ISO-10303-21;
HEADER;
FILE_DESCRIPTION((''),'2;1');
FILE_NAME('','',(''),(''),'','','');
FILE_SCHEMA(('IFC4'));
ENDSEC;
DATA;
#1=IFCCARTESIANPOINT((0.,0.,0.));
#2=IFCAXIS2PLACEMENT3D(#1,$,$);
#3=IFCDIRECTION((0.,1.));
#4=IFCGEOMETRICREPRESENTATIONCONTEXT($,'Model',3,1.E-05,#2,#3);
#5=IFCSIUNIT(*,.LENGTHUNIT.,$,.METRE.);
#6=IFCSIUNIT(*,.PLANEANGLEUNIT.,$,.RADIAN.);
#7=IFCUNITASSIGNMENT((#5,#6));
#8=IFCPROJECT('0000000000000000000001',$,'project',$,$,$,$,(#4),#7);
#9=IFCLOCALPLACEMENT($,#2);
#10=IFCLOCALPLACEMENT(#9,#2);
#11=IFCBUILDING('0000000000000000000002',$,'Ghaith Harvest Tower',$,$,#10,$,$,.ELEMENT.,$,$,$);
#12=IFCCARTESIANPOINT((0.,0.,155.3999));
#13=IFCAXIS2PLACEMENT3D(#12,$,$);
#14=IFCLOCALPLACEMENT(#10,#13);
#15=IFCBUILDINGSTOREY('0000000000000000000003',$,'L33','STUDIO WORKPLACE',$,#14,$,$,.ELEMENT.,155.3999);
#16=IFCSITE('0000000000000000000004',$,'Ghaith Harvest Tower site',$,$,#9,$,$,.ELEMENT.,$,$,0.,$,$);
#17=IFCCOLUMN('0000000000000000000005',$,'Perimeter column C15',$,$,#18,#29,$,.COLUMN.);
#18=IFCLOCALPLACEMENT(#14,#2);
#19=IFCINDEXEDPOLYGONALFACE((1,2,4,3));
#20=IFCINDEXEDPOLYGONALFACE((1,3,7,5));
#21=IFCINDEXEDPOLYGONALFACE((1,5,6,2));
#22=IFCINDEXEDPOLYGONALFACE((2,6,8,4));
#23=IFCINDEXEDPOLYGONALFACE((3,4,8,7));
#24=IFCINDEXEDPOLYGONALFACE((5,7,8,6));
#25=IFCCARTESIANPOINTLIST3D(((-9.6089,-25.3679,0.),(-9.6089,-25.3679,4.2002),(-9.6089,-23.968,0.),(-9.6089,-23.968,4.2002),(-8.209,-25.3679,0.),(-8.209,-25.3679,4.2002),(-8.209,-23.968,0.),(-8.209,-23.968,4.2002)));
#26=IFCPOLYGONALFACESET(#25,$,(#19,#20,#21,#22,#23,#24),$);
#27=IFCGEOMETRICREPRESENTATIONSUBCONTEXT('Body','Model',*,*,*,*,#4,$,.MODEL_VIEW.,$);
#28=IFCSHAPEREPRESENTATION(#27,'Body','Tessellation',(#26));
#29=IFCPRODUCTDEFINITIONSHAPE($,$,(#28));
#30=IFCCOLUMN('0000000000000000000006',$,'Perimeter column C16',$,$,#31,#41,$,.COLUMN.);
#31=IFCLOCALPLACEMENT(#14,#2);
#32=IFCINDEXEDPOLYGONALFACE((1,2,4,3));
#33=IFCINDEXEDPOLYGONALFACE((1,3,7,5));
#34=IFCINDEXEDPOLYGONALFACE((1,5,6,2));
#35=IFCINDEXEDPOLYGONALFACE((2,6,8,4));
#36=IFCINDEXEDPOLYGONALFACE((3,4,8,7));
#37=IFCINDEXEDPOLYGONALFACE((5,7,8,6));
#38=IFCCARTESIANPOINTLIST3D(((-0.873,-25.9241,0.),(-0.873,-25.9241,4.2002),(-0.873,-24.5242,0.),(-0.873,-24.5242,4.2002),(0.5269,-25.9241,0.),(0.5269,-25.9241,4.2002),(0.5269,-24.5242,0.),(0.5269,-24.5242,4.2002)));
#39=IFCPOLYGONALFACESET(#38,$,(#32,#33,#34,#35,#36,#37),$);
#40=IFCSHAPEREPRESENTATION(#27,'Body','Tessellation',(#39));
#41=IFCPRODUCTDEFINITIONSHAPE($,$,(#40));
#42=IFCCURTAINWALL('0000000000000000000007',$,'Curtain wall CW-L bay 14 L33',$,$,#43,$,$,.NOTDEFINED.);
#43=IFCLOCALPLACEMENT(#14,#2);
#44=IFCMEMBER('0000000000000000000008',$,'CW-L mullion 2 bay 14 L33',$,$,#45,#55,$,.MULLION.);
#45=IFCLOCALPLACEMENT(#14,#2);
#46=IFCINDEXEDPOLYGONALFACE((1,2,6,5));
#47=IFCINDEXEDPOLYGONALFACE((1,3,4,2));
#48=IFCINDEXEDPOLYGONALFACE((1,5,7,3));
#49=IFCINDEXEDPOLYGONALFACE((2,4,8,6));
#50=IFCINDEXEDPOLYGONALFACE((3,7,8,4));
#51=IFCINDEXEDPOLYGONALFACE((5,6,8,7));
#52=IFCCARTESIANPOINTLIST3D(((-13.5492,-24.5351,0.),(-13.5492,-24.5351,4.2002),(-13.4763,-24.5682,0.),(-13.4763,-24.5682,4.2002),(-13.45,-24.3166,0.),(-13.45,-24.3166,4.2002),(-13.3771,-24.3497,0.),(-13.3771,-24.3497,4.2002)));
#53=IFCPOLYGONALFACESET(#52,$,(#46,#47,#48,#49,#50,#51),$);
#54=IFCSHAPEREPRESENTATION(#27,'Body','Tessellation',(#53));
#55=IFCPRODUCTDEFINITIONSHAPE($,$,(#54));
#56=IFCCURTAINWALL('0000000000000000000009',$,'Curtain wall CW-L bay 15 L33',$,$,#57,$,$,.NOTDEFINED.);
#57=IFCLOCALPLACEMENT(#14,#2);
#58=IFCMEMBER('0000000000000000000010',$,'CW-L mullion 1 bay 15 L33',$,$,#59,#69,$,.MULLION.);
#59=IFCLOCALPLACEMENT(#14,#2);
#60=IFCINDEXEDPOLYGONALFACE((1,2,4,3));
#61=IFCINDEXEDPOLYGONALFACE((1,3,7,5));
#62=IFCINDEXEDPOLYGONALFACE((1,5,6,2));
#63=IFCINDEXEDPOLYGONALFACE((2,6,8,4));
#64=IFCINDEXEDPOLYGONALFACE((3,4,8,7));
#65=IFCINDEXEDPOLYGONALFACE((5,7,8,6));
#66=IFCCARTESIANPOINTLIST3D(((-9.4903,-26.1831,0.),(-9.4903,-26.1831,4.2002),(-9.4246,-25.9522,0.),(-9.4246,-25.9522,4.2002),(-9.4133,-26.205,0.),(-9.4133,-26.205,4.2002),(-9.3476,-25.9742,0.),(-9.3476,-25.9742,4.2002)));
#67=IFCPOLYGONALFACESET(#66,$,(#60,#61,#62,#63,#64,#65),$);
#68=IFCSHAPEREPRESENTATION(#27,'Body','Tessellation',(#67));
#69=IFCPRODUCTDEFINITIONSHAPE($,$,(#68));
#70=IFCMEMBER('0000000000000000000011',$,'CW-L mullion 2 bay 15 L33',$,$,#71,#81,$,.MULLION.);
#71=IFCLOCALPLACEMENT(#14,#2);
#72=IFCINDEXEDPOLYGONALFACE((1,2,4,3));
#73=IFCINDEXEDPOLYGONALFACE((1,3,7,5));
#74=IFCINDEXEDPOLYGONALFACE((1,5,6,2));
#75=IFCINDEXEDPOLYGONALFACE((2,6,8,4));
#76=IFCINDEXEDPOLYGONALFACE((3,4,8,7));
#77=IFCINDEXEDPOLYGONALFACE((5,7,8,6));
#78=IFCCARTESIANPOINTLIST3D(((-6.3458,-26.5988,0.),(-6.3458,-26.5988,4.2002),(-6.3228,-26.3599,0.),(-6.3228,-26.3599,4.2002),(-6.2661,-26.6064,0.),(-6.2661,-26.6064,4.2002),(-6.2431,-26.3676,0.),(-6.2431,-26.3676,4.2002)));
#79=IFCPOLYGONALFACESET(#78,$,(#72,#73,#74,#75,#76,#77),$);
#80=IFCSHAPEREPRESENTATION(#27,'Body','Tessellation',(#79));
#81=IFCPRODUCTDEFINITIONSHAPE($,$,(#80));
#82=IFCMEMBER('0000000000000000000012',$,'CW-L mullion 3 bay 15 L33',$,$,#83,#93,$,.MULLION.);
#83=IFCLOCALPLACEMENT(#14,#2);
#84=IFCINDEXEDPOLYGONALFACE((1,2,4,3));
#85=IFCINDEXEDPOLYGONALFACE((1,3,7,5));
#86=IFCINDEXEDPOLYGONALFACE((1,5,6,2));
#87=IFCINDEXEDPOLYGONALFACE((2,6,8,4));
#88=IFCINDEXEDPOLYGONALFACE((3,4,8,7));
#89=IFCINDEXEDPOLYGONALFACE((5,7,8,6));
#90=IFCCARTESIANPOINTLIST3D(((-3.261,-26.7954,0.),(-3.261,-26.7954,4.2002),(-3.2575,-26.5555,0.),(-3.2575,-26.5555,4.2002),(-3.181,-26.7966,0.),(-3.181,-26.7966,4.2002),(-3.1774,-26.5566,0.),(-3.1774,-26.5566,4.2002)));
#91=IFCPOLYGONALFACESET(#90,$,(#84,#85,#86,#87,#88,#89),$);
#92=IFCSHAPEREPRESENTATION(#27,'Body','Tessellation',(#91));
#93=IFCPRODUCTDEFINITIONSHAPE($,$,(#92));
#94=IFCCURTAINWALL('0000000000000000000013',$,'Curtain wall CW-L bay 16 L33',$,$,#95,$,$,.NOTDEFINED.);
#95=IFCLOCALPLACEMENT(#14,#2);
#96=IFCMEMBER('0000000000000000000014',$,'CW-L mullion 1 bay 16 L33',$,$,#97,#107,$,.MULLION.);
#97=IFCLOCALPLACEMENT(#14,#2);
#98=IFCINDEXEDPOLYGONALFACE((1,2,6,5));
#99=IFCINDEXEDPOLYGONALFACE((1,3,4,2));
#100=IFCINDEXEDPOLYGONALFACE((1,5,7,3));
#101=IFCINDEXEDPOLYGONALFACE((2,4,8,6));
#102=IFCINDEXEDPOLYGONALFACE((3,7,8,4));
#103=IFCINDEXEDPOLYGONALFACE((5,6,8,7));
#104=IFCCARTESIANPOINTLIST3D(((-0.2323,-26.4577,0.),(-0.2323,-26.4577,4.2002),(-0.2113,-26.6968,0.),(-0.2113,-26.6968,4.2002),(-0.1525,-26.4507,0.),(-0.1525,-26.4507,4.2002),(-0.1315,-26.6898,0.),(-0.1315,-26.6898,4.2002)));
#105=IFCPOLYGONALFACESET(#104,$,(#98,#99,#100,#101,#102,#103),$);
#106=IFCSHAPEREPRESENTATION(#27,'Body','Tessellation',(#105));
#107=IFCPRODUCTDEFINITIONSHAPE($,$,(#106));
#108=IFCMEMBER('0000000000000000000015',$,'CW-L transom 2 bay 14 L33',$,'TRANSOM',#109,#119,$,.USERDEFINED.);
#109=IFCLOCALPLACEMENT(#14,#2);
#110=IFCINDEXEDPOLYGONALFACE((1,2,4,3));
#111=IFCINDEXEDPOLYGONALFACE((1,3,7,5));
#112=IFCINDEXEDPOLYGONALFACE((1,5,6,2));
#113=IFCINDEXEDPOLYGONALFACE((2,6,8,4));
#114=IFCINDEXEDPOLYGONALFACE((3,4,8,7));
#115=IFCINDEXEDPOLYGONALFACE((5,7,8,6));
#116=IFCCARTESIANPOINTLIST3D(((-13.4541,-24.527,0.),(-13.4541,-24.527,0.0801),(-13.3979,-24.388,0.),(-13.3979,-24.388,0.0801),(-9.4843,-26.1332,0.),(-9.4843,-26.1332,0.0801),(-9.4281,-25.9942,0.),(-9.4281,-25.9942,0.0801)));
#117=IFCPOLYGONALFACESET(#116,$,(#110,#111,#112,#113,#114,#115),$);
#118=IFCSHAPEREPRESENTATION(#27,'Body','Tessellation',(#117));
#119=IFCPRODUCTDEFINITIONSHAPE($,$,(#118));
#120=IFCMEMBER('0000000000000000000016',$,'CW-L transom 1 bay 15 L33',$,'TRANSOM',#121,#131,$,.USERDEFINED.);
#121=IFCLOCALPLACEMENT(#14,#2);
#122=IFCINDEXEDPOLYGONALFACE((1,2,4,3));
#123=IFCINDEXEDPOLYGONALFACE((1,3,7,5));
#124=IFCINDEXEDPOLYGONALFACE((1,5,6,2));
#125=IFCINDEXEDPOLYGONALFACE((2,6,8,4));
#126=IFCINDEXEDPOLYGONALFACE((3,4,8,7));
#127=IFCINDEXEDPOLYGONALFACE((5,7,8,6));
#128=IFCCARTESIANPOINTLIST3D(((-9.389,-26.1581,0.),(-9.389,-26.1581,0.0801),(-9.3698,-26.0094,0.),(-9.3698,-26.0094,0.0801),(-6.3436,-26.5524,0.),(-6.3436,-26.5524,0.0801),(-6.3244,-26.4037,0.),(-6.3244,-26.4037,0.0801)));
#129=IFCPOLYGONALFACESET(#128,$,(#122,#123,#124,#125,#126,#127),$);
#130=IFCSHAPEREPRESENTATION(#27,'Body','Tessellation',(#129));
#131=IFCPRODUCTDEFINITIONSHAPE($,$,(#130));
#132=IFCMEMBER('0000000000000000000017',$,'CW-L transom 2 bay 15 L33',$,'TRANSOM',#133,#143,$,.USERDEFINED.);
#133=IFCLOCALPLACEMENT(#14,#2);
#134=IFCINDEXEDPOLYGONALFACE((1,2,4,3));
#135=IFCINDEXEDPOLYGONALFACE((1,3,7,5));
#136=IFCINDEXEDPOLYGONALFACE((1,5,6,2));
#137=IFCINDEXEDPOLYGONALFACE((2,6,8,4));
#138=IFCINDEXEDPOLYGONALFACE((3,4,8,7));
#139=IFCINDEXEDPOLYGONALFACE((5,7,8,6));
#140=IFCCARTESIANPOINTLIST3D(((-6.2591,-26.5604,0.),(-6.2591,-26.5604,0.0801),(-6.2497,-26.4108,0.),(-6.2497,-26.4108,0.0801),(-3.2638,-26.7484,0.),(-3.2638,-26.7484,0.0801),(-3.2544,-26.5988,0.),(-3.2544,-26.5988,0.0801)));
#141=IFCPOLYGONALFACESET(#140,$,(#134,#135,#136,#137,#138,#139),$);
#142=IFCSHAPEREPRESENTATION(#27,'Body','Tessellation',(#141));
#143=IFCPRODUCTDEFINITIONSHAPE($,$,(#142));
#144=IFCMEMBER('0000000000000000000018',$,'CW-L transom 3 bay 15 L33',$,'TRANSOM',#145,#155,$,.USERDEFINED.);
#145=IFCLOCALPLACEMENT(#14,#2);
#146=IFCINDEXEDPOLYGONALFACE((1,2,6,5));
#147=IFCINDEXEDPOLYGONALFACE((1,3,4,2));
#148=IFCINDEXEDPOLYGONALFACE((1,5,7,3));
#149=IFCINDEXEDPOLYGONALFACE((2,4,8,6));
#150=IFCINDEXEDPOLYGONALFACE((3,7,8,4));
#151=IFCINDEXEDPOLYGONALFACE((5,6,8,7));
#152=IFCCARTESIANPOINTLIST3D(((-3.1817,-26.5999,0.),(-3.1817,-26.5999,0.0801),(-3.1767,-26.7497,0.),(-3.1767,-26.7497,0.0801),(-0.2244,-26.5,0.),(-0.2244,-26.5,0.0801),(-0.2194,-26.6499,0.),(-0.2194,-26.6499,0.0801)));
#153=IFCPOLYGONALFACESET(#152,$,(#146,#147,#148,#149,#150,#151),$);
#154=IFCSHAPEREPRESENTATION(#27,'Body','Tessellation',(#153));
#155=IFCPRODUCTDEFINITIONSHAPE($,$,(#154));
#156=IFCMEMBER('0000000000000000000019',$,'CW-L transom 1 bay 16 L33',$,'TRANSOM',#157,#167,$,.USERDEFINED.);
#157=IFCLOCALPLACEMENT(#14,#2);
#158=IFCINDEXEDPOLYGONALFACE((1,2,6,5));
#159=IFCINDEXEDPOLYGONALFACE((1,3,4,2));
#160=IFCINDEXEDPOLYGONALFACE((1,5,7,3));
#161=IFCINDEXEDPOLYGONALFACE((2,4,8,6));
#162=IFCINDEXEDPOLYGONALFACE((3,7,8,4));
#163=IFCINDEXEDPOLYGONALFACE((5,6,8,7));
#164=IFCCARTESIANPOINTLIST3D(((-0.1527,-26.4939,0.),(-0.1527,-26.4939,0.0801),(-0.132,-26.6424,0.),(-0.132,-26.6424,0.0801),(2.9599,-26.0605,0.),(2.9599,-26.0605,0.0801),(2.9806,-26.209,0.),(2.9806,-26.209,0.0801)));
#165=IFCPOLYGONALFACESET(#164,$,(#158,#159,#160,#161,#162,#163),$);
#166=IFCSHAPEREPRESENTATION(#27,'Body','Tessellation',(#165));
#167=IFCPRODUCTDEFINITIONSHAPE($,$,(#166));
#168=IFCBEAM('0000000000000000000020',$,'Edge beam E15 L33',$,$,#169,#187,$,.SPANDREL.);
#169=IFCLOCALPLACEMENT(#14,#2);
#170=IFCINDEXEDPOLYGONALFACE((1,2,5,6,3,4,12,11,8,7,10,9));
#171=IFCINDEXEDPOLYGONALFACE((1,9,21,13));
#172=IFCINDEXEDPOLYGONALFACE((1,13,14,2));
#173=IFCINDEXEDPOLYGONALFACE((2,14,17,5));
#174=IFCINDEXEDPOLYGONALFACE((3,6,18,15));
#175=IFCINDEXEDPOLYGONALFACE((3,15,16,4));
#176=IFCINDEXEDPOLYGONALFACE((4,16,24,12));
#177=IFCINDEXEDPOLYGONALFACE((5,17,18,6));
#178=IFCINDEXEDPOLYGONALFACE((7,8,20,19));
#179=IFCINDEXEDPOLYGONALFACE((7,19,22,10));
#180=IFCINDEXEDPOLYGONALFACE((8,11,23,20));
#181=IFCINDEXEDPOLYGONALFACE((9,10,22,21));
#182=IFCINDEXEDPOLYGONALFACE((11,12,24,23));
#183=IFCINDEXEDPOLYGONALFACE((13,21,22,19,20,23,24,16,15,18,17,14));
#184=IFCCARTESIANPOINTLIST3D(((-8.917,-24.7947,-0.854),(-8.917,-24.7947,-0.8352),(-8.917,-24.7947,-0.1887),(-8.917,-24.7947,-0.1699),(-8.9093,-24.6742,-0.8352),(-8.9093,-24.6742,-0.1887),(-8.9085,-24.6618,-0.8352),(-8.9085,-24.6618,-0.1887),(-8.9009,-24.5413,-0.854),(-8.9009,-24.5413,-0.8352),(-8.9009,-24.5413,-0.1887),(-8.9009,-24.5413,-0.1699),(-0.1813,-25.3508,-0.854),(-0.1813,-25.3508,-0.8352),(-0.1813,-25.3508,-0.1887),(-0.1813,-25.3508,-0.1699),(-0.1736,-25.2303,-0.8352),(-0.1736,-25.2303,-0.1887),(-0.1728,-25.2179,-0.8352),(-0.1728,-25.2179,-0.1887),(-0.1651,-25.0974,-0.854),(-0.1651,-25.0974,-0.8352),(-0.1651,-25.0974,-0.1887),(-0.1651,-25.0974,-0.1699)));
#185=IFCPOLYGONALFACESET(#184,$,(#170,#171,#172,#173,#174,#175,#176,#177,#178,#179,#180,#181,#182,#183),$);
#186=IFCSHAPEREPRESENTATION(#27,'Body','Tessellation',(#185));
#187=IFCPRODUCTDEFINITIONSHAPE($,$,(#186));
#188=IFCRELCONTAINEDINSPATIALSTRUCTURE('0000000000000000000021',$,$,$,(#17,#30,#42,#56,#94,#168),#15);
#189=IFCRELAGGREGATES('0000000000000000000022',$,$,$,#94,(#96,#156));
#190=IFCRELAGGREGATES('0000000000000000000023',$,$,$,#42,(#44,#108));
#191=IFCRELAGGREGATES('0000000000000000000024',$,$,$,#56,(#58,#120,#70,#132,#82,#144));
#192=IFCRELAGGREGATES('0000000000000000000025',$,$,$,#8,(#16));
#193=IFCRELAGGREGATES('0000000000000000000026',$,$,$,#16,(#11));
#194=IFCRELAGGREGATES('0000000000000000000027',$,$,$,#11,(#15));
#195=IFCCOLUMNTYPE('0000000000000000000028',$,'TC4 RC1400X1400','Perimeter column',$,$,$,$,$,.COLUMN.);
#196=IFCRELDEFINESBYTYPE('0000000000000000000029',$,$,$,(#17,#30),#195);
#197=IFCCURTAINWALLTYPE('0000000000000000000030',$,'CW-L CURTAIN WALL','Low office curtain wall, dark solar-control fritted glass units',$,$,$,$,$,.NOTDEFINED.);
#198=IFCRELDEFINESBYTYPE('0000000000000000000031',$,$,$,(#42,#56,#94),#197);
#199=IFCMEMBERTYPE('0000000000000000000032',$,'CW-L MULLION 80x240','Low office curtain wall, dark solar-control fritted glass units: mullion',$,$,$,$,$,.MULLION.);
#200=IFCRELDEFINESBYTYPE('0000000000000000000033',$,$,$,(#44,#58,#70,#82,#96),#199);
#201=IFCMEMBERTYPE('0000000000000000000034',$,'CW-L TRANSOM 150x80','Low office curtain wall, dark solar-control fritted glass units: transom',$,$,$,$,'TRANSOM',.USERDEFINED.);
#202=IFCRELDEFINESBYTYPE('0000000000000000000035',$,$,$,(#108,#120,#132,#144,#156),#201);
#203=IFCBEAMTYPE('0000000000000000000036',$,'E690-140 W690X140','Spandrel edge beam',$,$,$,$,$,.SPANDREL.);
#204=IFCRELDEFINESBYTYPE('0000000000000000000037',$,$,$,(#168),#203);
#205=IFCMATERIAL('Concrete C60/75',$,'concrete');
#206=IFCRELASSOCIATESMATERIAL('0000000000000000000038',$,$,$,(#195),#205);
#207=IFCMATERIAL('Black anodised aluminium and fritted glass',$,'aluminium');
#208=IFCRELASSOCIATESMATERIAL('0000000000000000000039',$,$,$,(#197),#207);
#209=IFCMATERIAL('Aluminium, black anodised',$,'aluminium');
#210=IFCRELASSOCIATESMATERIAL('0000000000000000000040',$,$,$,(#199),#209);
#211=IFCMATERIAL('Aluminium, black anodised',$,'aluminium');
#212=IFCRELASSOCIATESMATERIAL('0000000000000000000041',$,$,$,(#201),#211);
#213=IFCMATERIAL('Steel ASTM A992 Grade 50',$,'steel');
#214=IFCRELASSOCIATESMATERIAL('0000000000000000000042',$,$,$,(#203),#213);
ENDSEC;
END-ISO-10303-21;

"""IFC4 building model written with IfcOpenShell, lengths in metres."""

from ifc_helpers import new_model, si_unit, direction, frame, origin, origin_2d, place, context, subcontext, project, spatial, rectangle, i_section, extrude, material, material_profile, profile_set, type_object, element, aggregate, save


model = new_model("IFC4")

# Units and contexts
model_context = context("Model", 3, precision=1e-05, world=origin(), true_north=direction((0.0, 1.0)))
body_context = subcontext(model_context, "Body", "Model", "MODEL_VIEW")
ifc_project = project(units=[si_unit("LENGTHUNIT", "METRE"), si_unit("PLANEANGLEUNIT", "RADIAN")], contexts=[model_context])

# Site, building, storey
site_placement = place(None, origin())
site = spatial("IfcSite", under=ifc_project, at=site_placement, Name="Ghaith Harvest Tower site", CompositionType="ELEMENT", RefElevation=0.0)
building_placement = place(site_placement, origin())
building = spatial("IfcBuilding", under=site, at=building_placement, Name="Ghaith Harvest Tower", CompositionType="ELEMENT")
storey_placement = place(building_placement, frame((0.0, 0.0, 155.3999)))
storey = spatial("IfcBuildingStorey", under=building, at=storey_placement, Name="L33", Description="STUDIO WORKPLACE", CompositionType="ELEMENT", Elevation=155.3999)

# Columns
ifc_material_1 = material(Name="Concrete C60/75", Category="concrete")
ifc_material_profile_1 = material_profile(ifc_material_1, rectangle(XDim=1.3999, YDim=1.3999, at=origin_2d()), Name="RC1400X1400")
ifc_profile_set_1 = profile_set([ifc_material_profile_1], Name="Concrete C60/75")
column_type = type_object("IfcColumnType", Name="TC4 RC1400X1400", Description="Perimeter column", PredefinedType="COLUMN", material=ifc_profile_set_1)
for number, where, z_axis, x_axis, name in (
    (1, (-8.9089, -24.668, 0.0), (0.0, 0.0, 1.0), (1.0, 0.0, 0.0), "Perimeter column C15"),
    (2, (-0.1731, -25.2241, 0.0), (0.0, 0.0, 1.0), (1.0, 0.0, 0.0), "Perimeter column C16"),
):
    element("IfcColumn", number, at=place(storey_placement, frame(where, z_axis=z_axis, x_axis=x_axis)), inside=storey, type_object=column_type, Name=name, PredefinedType="COLUMN", context=body_context, shape_type="SweptSolid", body=[
        extrude(rectangle(XDim=1.3999, YDim=1.3999, at=origin_2d()), origin(), (0.0, 0.0, 1.0), 4.2002),
    ])

# Curtain wall, member
ifc_material_2 = material(Name="Black anodised aluminium and fritted glass", Category="aluminium")
curtain_wall_type = type_object("IfcCurtainWallType", Name="CW-L CURTAIN WALL", Description="Low office curtain wall, dark solar-control fritted glass units", PredefinedType="NOTDEFINED", material=ifc_material_2)
curtain_wall_1_placement = place(storey_placement, origin())
curtain_wall_1 = element("IfcCurtainWall", 3, at=curtain_wall_1_placement, inside=storey, type_object=curtain_wall_type, Name="Curtain wall CW-L bay 14 L33", PredefinedType="NOTDEFINED")
ifc_material_3 = material(Name="Aluminium, black anodised", Category="aluminium")
ifc_material_profile_2 = material_profile(ifc_material_3, rectangle(XDim=0.0801, YDim=0.24, at=origin_2d()), Name="CW-L MULLION 80x240")
ifc_profile_set_2 = profile_set([ifc_material_profile_2], Name="Aluminium, black anodised")
member_type_1 = type_object("IfcMemberType", Name="CW-L MULLION 80x240", Description="Low office curtain wall, dark solar-control fritted glass units: mullion", PredefinedType="MULLION", material=ifc_profile_set_2)
member_1_placement = place(storey_placement, frame((-13.4631, -24.4424, 0.0), z_axis=(0.0, 0.0, 1.0), x_axis=(0.910648, -0.413183, 0.0)))
member_1 = element("IfcMember", 4, at=member_1_placement, type_object=member_type_1, Name="CW-L mullion 2 bay 14 L33", PredefinedType="MULLION", context=body_context, shape_type="SweptSolid", body=[
    extrude(rectangle(XDim=0.0801, YDim=0.24, at=origin_2d()), origin(), (0.0, 0.0, 1.0), 4.2002),
])

# Curtain wall, members
curtain_wall_2_placement = place(storey_placement, origin())
curtain_wall_2 = element("IfcCurtainWall", 5, at=curtain_wall_2_placement, inside=storey, type_object=curtain_wall_type, Name="Curtain wall CW-L bay 15 L33", PredefinedType="NOTDEFINED")
member_2_placement = place(storey_placement, frame((-9.4189, -26.0786, 0.0), z_axis=(0.0, 0.0, 1.0), x_axis=(0.961789, -0.273793, 0.0)))
member_2 = element("IfcMember", 6, at=member_2_placement, type_object=member_type_1, Name="CW-L mullion 1 bay 15 L33", PredefinedType="MULLION", context=body_context, shape_type="SweptSolid", body=[
    extrude(rectangle(XDim=0.0801, YDim=0.24, at=origin_2d()), origin(), (0.0, 0.0, 1.0), 4.2002),
])
member_3_placement = place(storey_placement, frame((-6.2944, -26.4832, 0.0), z_axis=(0.0, 0.0, 1.0), x_axis=(0.995389, -0.095918, 0.0)))
member_3 = element("IfcMember", 7, at=member_3_placement, type_object=member_type_1, Name="CW-L mullion 2 bay 15 L33", PredefinedType="MULLION", context=body_context, shape_type="SweptSolid", body=[
    extrude(rectangle(XDim=0.0801, YDim=0.24, at=origin_2d()), origin(), (0.0, 0.0, 1.0), 4.2002),
])
member_4_placement = place(storey_placement, frame((-3.2192, -26.676, 0.0), z_axis=(0.0, 0.0, 1.0), x_axis=(0.999891, -0.014796, 0.0)))
member_4 = element("IfcMember", 8, at=member_4_placement, type_object=member_type_1, Name="CW-L mullion 3 bay 15 L33", PredefinedType="MULLION", context=body_context, shape_type="SweptSolid", body=[
    extrude(rectangle(XDim=0.0801, YDim=0.24, at=origin_2d()), origin(), (0.0, 0.0, 1.0), 4.2002),
])

# Curtain wall, member
curtain_wall_3_placement = place(storey_placement, origin())
curtain_wall_3 = element("IfcCurtainWall", 9, at=curtain_wall_3_placement, inside=storey, type_object=curtain_wall_type, Name="Curtain wall CW-L bay 16 L33", PredefinedType="NOTDEFINED")
member_5_placement = place(storey_placement, frame((-0.1819, -26.5737, 0.0), z_axis=(0.0, 0.0, 1.0), x_axis=(0.996169, 0.087446, 0.0)))
member_5 = element("IfcMember", 10, at=member_5_placement, type_object=member_type_1, Name="CW-L mullion 1 bay 16 L33", PredefinedType="MULLION", context=body_context, shape_type="SweptSolid", body=[
    extrude(rectangle(XDim=0.0801, YDim=0.24, at=origin_2d()), origin(), (0.0, 0.0, 1.0), 4.2002),
])

# Members
ifc_material_4 = material(Name="Aluminium, black anodised", Category="aluminium")
ifc_material_profile_3 = material_profile(ifc_material_4, rectangle(XDim=0.1499, YDim=0.0801, at=origin_2d()), Name="CW-L TRANSOM 150x80")
ifc_profile_set_3 = profile_set([ifc_material_profile_3], Name="Aluminium, black anodised")
member_type_2 = type_object("IfcMemberType", Name="CW-L TRANSOM 150x80", Description="Low office curtain wall, dark solar-control fritted glass units: transom", ElementType="TRANSOM", PredefinedType="USERDEFINED", material=ifc_profile_set_3)
member_6_placement = place(storey_placement, frame((-13.426, -24.4575, 0.04), z_axis=(0.927003, -0.375054, 0.0), x_axis=(0.375054, 0.927003, 0.0)))
member_6 = element("IfcMember", 11, at=member_6_placement, type_object=member_type_2, Name="CW-L transom 2 bay 14 L33", ObjectType="TRANSOM", PredefinedType="USERDEFINED", context=body_context, shape_type="SweptSolid", body=[
    extrude(rectangle(XDim=0.1499, YDim=0.0801, at=origin_2d()), origin(), (0.0, 0.0, 1.0), 4.2825),
])
member_7_placement = place(storey_placement, frame((-9.3794, -26.0837, 0.04), z_axis=(0.991723, -0.128398, 0.0), x_axis=(0.128398, 0.991723, 0.0)))
member_7 = element("IfcMember", 12, at=member_7_placement, type_object=member_type_2, Name="CW-L transom 1 bay 15 L33", ObjectType="TRANSOM", PredefinedType="USERDEFINED", context=body_context, shape_type="SweptSolid", body=[
    extrude(rectangle(XDim=0.1499, YDim=0.0801, at=origin_2d()), origin(), (0.0, 0.0, 1.0), 3.0708),
])
member_8_placement = place(storey_placement, frame((-6.2544, -26.4856, 0.04), z_axis=(0.998036, -0.062637, 0.0), x_axis=(0.062637, 0.998036, 0.0)))
member_8 = element("IfcMember", 13, at=member_8_placement, type_object=member_type_2, Name="CW-L transom 2 bay 15 L33", ObjectType="TRANSOM", PredefinedType="USERDEFINED", context=body_context, shape_type="SweptSolid", body=[
    extrude(rectangle(XDim=0.1499, YDim=0.0801, at=origin_2d()), origin(), (0.0, 0.0, 1.0), 3.0012),
])
member_9_placement = place(storey_placement, frame((-3.1792, -26.6748, 0.04), z_axis=(0.99943, 0.033746, 0.0), x_axis=(-0.033746, 0.99943, 0.0)))
member_9 = element("IfcMember", 14, at=member_9_placement, type_object=member_type_2, Name="CW-L transom 3 bay 15 L33", ObjectType="TRANSOM", PredefinedType="USERDEFINED", context=body_context, shape_type="SweptSolid", body=[
    extrude(rectangle(XDim=0.1499, YDim=0.0801, at=origin_2d()), origin(), (0.0, 0.0, 1.0), 2.959),
])
member_10_placement = place(storey_placement, frame((-0.1423, -26.5681, 0.04), z_axis=(0.990447, 0.137897, 0.0), x_axis=(-0.137897, 0.990447, 0.0)))
member_10 = element("IfcMember", 15, at=member_10_placement, type_object=member_type_2, Name="CW-L transom 1 bay 16 L33", ObjectType="TRANSOM", PredefinedType="USERDEFINED", context=body_context, shape_type="SweptSolid", body=[
    extrude(rectangle(XDim=0.1499, YDim=0.0801, at=origin_2d()), origin(), (0.0, 0.0, 1.0), 3.1426),
])
aggregate(curtain_wall_3, [member_5, member_10])

# Beam
ifc_material_5 = material(Name="Steel ASTM A992 Grade 50", Category="steel")
ifc_material_profile_4 = material_profile(ifc_material_5, i_section(OverallWidth=0.2539, OverallDepth=0.6841, WebThickness=0.0125, FlangeThickness=0.0188, at=origin_2d()), Name="W690X140")
ifc_profile_set_4 = profile_set([ifc_material_profile_4], Name="Steel ASTM A992 Grade 50")
beam_type_1 = type_object("IfcBeamType", Name="E690-140 W690X140", Description="Spandrel edge beam", PredefinedType="SPANDREL", material=ifc_profile_set_4)
beam_1_placement = place(storey_placement, frame((-8.9089, -24.668, -0.512), z_axis=(0.99798, -0.063535, 0.0), x_axis=(0.063535, 0.99798, 0.0)))
element("IfcBeam", 16, at=beam_1_placement, inside=storey, type_object=beam_type_1, Name="Edge beam E15 L33", PredefinedType="SPANDREL", context=body_context, shape_type="SweptSolid", body=[
    extrude(i_section(OverallWidth=0.2539, OverallDepth=0.6841, WebThickness=0.0125, FlangeThickness=0.0188, at=origin_2d()), origin(), (0.0, 0.0, 1.0), 8.7534),
])

aggregate(curtain_wall_1, [member_1, member_6])
aggregate(curtain_wall_2, [member_2, member_7, member_3, member_8, member_4, member_9])

save(model, "model.ifc")
